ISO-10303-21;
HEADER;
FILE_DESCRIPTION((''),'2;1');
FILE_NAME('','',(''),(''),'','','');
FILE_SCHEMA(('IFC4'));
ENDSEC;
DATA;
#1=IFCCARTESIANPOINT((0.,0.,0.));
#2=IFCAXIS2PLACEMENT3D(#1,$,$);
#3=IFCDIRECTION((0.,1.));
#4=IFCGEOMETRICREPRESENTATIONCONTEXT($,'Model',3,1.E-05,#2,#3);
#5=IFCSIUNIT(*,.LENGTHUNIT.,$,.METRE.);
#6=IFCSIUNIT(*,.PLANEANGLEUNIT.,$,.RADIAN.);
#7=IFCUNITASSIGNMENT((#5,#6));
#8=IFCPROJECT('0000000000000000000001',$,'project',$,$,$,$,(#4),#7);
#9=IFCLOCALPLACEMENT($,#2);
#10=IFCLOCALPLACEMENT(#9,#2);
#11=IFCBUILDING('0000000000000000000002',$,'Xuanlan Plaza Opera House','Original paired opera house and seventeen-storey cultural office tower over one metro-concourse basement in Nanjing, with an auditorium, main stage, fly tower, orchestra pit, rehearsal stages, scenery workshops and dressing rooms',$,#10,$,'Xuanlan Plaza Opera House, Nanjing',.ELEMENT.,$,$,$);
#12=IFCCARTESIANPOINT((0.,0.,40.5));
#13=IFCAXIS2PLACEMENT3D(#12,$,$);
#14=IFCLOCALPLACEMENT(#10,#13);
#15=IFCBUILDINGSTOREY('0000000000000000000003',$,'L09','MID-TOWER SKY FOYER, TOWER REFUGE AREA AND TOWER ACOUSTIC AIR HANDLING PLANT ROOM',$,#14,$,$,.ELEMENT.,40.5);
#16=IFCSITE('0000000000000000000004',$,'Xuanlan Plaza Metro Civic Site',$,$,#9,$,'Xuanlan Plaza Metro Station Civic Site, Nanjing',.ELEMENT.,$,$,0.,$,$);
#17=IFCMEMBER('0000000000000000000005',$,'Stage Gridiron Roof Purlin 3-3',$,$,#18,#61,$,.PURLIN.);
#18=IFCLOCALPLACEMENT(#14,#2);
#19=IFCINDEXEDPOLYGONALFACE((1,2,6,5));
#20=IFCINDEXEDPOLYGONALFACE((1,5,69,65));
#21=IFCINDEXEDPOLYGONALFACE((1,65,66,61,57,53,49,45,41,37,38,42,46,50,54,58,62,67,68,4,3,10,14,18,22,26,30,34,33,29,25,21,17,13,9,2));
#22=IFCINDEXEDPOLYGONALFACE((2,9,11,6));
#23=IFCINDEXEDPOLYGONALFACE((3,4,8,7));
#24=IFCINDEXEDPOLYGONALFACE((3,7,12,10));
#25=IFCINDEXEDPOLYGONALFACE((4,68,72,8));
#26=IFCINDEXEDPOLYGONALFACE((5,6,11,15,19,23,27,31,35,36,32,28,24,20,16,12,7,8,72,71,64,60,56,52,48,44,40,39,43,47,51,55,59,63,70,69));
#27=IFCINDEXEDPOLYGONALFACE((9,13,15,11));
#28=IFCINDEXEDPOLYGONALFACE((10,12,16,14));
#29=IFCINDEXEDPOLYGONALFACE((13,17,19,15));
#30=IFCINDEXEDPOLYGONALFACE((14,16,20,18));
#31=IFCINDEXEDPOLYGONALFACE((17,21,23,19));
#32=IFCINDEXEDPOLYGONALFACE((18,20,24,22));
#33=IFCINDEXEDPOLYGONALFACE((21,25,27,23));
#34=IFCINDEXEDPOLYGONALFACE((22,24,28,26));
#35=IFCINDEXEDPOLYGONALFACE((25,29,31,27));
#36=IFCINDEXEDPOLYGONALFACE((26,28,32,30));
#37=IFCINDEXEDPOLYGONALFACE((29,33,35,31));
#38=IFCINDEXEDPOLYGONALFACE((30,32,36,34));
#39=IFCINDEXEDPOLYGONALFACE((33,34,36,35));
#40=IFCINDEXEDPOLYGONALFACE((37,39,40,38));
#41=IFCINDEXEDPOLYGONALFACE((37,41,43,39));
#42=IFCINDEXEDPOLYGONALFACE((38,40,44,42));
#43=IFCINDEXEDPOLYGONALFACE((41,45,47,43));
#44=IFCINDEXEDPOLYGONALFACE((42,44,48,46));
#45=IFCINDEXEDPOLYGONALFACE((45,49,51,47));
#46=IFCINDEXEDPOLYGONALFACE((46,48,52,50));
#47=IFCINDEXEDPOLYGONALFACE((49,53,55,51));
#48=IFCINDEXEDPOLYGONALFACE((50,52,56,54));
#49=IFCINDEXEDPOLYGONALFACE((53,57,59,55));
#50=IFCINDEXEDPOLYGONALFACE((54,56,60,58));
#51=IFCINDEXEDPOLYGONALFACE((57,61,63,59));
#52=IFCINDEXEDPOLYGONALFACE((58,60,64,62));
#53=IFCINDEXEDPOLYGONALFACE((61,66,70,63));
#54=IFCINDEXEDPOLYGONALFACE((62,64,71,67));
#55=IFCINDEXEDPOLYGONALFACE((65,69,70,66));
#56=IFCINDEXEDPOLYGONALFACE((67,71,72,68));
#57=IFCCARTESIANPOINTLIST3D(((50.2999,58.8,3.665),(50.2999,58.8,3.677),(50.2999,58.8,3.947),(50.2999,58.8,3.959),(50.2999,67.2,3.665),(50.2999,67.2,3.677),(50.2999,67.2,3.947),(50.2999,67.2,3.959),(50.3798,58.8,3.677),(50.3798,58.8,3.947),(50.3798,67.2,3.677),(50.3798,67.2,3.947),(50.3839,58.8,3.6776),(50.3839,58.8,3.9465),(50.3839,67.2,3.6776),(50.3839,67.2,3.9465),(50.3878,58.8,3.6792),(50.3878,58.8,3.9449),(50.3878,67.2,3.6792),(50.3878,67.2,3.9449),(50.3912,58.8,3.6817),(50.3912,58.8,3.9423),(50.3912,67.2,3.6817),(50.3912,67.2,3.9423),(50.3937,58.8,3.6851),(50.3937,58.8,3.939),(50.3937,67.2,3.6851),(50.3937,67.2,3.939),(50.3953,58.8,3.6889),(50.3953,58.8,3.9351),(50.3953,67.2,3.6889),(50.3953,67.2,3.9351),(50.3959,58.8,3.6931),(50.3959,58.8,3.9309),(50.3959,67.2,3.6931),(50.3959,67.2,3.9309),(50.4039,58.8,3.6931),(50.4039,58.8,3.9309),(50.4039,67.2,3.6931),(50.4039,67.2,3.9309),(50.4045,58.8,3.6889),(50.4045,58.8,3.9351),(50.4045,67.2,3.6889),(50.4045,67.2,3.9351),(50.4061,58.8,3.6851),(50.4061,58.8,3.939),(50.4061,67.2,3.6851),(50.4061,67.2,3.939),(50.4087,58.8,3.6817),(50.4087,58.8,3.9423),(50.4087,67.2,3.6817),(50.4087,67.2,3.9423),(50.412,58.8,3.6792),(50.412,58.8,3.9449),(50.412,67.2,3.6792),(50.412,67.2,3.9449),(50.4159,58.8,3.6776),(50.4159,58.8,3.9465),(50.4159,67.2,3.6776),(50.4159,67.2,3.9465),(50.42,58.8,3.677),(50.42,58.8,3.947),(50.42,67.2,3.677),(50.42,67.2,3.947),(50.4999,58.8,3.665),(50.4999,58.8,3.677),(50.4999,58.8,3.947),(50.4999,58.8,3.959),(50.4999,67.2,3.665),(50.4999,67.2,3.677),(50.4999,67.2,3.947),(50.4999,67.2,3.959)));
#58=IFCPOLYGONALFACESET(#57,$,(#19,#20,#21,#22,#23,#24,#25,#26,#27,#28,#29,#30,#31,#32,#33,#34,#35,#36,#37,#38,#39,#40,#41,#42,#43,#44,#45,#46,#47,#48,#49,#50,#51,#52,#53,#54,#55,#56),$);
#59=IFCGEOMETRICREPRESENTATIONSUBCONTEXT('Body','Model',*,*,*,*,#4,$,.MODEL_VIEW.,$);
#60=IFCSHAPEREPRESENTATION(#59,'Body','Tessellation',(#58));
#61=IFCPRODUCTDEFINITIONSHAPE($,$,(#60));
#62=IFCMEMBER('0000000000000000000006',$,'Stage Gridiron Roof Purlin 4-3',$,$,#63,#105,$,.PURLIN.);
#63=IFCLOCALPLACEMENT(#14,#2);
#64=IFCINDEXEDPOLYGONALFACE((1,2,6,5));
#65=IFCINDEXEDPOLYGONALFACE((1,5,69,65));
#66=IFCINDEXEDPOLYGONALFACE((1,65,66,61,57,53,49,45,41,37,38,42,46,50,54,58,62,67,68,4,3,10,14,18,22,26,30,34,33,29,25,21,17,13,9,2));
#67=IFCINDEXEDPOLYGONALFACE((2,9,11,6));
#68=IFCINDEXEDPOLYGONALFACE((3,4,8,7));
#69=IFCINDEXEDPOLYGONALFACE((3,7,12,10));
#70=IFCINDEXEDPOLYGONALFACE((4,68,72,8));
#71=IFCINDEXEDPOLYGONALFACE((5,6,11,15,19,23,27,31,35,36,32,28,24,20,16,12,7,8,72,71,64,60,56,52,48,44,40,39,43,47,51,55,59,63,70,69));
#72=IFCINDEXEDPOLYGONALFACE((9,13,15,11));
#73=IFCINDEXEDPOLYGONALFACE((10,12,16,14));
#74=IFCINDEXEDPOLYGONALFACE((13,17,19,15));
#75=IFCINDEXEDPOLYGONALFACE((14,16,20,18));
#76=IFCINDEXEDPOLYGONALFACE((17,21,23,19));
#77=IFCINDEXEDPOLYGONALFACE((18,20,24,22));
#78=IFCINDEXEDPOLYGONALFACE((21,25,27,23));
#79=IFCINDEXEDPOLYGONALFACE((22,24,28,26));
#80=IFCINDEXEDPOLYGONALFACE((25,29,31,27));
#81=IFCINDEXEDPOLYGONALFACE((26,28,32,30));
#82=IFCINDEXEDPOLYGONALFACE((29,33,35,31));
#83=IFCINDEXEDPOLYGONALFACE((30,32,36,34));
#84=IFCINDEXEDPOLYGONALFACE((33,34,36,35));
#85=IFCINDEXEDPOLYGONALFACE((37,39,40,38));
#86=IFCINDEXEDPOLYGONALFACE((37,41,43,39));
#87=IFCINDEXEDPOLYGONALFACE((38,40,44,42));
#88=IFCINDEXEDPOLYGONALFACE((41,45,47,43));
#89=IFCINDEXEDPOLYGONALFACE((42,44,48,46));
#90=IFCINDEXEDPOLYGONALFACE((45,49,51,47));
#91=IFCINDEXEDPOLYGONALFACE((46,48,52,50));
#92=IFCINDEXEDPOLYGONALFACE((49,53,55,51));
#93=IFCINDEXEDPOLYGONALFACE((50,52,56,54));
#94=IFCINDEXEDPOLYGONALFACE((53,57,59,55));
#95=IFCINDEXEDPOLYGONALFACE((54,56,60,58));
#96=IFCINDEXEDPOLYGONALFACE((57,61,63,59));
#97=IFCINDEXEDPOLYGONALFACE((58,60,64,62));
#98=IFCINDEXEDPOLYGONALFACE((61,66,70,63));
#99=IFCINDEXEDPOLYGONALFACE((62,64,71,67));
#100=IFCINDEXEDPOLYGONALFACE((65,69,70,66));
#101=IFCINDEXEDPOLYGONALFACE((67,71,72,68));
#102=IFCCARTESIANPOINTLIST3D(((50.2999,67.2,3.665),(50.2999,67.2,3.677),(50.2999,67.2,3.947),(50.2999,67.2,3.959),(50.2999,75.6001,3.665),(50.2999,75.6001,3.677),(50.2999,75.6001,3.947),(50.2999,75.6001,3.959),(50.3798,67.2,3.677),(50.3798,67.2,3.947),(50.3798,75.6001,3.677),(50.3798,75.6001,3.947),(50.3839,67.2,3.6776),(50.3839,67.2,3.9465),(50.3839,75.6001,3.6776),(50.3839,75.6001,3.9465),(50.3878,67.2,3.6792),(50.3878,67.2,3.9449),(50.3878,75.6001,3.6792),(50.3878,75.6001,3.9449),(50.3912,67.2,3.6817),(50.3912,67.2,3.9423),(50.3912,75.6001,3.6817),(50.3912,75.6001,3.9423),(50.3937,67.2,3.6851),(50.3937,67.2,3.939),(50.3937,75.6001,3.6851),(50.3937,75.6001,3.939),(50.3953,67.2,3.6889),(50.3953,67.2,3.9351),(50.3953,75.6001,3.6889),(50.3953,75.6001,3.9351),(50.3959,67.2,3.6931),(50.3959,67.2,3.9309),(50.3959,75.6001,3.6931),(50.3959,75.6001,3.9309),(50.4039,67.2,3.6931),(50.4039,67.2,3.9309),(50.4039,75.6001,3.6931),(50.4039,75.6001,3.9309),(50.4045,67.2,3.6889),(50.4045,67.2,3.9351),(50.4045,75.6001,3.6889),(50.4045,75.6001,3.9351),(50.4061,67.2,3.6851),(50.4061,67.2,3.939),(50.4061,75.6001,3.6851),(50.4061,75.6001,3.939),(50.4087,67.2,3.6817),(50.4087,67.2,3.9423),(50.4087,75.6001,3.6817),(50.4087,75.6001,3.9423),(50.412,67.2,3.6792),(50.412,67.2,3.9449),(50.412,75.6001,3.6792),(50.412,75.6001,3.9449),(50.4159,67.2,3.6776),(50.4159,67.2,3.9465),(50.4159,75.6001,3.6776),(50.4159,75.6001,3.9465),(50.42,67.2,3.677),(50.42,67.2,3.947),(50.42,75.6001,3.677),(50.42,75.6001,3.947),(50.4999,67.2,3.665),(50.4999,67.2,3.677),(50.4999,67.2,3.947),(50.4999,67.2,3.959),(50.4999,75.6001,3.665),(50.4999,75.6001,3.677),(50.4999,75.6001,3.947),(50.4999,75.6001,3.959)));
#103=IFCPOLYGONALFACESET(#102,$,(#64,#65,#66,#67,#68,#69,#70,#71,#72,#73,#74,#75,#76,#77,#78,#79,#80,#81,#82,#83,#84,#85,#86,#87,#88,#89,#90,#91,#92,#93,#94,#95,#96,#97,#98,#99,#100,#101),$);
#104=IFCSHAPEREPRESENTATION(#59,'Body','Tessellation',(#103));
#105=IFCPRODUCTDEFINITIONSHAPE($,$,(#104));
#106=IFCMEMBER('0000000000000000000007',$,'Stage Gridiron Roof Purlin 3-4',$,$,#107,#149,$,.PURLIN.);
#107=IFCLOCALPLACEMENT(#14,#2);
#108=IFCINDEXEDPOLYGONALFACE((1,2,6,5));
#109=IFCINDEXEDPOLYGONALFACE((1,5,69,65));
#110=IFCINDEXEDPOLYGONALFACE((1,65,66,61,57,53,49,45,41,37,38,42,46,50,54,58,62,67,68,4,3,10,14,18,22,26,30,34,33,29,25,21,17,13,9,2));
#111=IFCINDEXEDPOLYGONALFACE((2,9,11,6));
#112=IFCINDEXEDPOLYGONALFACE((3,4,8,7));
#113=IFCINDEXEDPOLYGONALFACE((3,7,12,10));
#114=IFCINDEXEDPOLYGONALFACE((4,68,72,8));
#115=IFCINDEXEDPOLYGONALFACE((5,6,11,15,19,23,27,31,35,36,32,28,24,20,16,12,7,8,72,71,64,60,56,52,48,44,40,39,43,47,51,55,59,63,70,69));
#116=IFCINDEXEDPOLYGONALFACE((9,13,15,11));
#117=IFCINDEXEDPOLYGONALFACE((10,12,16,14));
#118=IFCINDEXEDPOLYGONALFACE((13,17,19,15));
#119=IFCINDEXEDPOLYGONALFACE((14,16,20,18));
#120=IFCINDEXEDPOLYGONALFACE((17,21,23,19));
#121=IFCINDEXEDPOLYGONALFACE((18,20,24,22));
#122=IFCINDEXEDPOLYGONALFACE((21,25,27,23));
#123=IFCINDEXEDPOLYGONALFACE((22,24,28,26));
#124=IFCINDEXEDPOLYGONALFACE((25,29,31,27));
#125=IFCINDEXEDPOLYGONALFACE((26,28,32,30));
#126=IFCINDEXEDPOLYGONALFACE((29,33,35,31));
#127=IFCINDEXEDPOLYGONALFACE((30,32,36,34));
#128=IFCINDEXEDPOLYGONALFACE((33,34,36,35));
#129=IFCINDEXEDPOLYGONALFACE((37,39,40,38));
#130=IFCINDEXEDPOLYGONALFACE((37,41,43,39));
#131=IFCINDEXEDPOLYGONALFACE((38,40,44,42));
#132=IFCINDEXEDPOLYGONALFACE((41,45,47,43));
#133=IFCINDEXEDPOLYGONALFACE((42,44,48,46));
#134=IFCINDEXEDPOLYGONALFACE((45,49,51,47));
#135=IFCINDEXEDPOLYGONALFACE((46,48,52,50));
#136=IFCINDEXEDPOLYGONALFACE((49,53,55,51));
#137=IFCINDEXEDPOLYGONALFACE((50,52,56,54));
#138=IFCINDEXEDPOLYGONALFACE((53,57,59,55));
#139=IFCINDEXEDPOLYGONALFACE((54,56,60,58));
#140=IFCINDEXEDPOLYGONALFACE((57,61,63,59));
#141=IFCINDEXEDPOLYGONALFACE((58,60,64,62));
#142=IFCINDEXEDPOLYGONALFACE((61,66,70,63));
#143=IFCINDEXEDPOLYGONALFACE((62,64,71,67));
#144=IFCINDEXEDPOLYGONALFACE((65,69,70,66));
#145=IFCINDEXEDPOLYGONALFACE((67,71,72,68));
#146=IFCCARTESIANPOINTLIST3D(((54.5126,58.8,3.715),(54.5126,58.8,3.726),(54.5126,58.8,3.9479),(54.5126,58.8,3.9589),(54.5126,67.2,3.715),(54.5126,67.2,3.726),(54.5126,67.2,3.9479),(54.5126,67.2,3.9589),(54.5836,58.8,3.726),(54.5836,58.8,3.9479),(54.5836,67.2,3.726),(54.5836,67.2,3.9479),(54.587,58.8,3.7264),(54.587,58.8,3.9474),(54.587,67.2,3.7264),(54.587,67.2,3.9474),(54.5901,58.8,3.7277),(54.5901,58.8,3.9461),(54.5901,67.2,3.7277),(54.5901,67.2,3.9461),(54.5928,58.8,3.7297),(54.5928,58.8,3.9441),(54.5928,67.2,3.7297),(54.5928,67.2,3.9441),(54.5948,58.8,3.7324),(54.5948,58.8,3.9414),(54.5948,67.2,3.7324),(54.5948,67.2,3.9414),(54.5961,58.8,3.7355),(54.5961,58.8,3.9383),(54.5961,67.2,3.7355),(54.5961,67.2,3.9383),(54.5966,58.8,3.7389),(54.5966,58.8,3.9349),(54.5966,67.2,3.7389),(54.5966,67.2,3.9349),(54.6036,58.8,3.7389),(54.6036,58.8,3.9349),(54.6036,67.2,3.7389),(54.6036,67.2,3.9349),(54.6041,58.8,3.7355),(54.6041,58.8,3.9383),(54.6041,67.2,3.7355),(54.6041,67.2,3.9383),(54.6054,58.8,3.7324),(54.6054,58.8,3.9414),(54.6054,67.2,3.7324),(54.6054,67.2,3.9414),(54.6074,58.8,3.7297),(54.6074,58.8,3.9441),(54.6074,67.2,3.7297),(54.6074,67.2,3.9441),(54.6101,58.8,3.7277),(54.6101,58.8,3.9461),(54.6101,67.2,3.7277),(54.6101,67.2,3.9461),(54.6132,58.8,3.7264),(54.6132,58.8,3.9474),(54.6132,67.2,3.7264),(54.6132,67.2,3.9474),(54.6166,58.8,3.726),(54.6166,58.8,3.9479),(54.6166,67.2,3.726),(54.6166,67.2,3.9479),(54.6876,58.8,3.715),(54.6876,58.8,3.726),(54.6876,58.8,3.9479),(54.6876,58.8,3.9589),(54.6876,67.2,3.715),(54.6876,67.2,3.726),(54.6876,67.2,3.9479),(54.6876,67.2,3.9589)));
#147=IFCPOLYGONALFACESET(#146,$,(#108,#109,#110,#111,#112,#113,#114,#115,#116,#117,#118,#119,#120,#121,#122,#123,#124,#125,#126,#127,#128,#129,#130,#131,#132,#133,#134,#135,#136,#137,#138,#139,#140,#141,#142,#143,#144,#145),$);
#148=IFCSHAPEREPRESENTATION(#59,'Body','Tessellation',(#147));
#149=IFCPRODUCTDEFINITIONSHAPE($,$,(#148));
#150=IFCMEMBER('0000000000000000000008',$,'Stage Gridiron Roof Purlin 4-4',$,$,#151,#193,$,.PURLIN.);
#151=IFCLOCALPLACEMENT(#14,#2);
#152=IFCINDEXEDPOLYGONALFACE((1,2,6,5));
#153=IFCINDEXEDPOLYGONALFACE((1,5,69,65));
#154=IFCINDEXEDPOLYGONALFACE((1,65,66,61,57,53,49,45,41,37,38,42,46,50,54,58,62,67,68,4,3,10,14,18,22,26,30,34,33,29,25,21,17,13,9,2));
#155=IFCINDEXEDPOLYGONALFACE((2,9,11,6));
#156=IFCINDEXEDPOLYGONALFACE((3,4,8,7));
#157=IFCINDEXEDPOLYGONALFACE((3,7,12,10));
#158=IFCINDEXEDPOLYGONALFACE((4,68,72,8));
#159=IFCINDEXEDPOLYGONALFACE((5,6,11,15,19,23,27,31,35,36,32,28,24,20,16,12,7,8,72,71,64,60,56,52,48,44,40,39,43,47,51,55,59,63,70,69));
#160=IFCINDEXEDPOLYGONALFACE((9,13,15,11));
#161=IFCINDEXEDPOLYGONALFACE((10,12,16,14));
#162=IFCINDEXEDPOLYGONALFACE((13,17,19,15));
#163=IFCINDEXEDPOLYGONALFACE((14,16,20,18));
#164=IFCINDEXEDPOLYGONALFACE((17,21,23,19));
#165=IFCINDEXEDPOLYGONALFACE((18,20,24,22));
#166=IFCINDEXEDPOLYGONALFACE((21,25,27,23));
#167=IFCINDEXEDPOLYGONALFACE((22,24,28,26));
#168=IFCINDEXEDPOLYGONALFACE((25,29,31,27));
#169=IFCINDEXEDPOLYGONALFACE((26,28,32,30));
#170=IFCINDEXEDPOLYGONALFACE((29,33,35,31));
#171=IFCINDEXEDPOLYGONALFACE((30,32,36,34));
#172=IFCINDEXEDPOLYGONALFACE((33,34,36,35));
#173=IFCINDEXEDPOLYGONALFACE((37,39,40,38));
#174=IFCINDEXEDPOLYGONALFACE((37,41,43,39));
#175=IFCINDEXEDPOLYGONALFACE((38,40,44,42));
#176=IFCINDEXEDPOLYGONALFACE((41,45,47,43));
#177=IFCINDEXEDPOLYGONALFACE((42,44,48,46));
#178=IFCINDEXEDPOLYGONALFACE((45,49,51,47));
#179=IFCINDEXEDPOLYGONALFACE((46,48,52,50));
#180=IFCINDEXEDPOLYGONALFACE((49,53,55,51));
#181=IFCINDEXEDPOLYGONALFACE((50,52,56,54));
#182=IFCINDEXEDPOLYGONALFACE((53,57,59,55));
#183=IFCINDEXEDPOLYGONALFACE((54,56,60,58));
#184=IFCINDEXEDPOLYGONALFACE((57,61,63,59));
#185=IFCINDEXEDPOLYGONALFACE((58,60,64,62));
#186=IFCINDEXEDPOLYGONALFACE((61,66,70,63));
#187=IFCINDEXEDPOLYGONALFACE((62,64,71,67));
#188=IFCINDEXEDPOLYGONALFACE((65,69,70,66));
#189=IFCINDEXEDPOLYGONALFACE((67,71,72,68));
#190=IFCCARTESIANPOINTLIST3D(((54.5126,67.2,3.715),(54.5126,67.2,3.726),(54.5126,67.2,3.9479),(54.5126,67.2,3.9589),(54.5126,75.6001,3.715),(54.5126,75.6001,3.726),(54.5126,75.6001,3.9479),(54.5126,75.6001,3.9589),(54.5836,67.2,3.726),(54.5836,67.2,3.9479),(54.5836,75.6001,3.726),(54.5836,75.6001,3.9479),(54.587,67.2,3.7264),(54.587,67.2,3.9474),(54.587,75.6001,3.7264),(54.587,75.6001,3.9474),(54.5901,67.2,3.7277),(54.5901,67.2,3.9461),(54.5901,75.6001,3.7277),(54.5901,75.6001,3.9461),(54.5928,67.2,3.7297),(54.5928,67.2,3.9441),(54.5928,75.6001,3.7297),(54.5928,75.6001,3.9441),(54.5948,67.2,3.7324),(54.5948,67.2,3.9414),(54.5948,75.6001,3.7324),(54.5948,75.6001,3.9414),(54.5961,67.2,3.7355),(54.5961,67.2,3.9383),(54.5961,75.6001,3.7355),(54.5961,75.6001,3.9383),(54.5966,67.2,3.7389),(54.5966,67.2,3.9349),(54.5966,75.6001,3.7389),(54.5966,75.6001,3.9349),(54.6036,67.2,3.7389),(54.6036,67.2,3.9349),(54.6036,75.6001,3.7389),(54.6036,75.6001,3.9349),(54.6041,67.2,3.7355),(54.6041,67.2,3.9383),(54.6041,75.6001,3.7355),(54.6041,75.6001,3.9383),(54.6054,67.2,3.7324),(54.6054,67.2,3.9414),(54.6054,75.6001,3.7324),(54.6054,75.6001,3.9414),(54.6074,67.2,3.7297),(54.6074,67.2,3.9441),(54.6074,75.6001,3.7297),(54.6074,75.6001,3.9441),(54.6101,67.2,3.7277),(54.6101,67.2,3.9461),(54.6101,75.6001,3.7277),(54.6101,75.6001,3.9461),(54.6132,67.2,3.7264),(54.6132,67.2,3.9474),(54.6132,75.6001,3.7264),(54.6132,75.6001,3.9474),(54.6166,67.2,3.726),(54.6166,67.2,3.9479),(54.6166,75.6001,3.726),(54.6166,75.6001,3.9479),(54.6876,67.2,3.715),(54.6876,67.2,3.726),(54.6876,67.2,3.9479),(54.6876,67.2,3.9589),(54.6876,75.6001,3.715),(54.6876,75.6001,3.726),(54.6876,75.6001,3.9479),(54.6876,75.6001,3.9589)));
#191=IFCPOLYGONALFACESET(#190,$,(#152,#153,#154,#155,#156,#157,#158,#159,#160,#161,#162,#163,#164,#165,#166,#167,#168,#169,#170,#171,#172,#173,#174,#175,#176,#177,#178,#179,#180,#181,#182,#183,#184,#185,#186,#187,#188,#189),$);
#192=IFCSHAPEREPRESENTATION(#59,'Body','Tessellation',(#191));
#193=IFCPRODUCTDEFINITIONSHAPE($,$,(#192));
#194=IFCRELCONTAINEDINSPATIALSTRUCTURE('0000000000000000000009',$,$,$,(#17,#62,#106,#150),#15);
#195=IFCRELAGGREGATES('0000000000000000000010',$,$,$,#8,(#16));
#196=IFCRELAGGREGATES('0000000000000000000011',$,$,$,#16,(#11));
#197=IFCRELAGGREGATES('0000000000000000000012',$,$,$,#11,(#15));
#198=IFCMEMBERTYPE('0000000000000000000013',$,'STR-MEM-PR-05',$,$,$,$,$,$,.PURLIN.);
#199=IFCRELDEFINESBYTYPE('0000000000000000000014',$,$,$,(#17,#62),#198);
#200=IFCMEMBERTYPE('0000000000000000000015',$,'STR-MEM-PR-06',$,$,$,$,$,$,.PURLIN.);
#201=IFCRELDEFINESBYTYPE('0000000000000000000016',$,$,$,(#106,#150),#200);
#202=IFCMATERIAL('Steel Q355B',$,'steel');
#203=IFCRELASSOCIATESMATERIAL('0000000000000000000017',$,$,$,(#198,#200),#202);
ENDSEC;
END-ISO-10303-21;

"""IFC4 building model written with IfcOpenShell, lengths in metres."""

from ifc_helpers import new_model, si_unit, direction, frame, origin, origin_2d, place, context, subcontext, project, spatial, i_section, extrude, material, material_profile, profile_set, type_object, element, save


model = new_model("IFC4")

# Units and contexts
model_context = context("Model", 3, precision=1e-05, world=origin(), true_north=direction((0.0, 1.0)))
body_context = subcontext(model_context, "Body", "Model", "MODEL_VIEW")
ifc_project = project(units=[si_unit("LENGTHUNIT", "METRE"), si_unit("PLANEANGLEUNIT", "RADIAN")], contexts=[model_context])

# Site, building, storey
site_placement = place(None, origin())
site = spatial("IfcSite", under=ifc_project, at=site_placement, Name="Xuanlan Plaza Metro Civic Site", LongName="Xuanlan Plaza Metro Station Civic Site, Nanjing", CompositionType="ELEMENT", RefElevation=0.0)
building_placement = place(site_placement, origin())
building = spatial("IfcBuilding", under=site, at=building_placement, Name="Xuanlan Plaza Opera House", Description="Original paired opera house and seventeen-storey cultural office tower over one metro-concourse basement in Nanjing, with an auditorium, main stage, fly tower, orchestra pit, rehearsal stages, scenery workshops and dressing rooms", LongName="Xuanlan Plaza Opera House, Nanjing", CompositionType="ELEMENT")
storey_placement = place(building_placement, frame((0.0, 0.0, 40.5)))
storey = spatial("IfcBuildingStorey", under=building, at=storey_placement, Name="L09", Description="MID-TOWER SKY FOYER, TOWER REFUGE AREA AND TOWER ACOUSTIC AIR HANDLING PLANT ROOM", CompositionType="ELEMENT", Elevation=40.5)

# Members
ifc_material_1 = material(Name="Steel Q355B", Category="steel")
ifc_material_profile_1 = material_profile(ifc_material_1, i_section(OverallWidth=0.2, OverallDepth=0.2939, WebThickness=0.0081, FlangeThickness=0.012, FilletRadius=0.0161, at=origin_2d()), Name="HM 294x200x8x12")
ifc_profile_set_1 = profile_set([ifc_material_profile_1], Name="Steel Q355B")
member_type_1 = type_object("IfcMemberType", Name="STR-MEM-PR-05", PredefinedType="PURLIN", material=ifc_profile_set_1)
member_1_placement = place(storey_placement, frame((50.3999, 58.8, 3.812), z_axis=(0.0, 1.0, 0.0), x_axis=(-1.0, 0.0, 0.0)))
element("IfcMember", 1, at=member_1_placement, inside=storey, type_object=member_type_1, Name="Stage Gridiron Roof Purlin 3-3", PredefinedType="PURLIN", context=body_context, shape_type="SweptSolid", body=[
    extrude(i_section(OverallWidth=0.2, OverallDepth=0.2939, WebThickness=0.0081, FlangeThickness=0.012, FilletRadius=0.0161, at=origin_2d()), origin(), (0.0, 0.0, 1.0), 8.3999),
])
member_2_placement = place(storey_placement, frame((50.3999, 67.2, 3.812), z_axis=(0.0, 1.0, 0.0), x_axis=(-1.0, 0.0, 0.0)))
element("IfcMember", 2, at=member_2_placement, inside=storey, type_object=member_type_1, Name="Stage Gridiron Roof Purlin 4-3", PredefinedType="PURLIN", context=body_context, shape_type="SweptSolid", body=[
    extrude(i_section(OverallWidth=0.2, OverallDepth=0.2939, WebThickness=0.0081, FlangeThickness=0.012, FilletRadius=0.0161, at=origin_2d()), origin(), (0.0, 0.0, 1.0), 8.4001),
])
ifc_material_profile_2 = material_profile(ifc_material_1, i_section(OverallWidth=0.175, OverallDepth=0.2439, WebThickness=0.0071, FlangeThickness=0.011, FilletRadius=0.0129, at=origin_2d()), Name="HM 244x175x7x11")
ifc_profile_set_2 = profile_set([ifc_material_profile_2], Name="Steel Q355B")
member_type_2 = type_object("IfcMemberType", Name="STR-MEM-PR-06", PredefinedType="PURLIN", material=ifc_profile_set_2)
member_3_placement = place(storey_placement, frame((54.6001, 58.8, 3.8369), z_axis=(0.0, 1.0, 0.0), x_axis=(-1.0, 0.0, 0.0)))
element("IfcMember", 3, at=member_3_placement, inside=storey, type_object=member_type_2, Name="Stage Gridiron Roof Purlin 3-4", PredefinedType="PURLIN", context=body_context, shape_type="SweptSolid", body=[
    extrude(i_section(OverallWidth=0.175, OverallDepth=0.2439, WebThickness=0.0071, FlangeThickness=0.011, FilletRadius=0.0129, at=origin_2d()), origin(), (0.0, 0.0, 1.0), 8.3999),
])
member_4_placement = place(storey_placement, frame((54.6001, 67.2, 3.8369), z_axis=(0.0, 1.0, 0.0), x_axis=(-1.0, 0.0, 0.0)))
element("IfcMember", 4, at=member_4_placement, inside=storey, type_object=member_type_2, Name="Stage Gridiron Roof Purlin 4-4", PredefinedType="PURLIN", context=body_context, shape_type="SweptSolid", body=[
    extrude(i_section(OverallWidth=0.175, OverallDepth=0.2439, WebThickness=0.0071, FlangeThickness=0.011, FilletRadius=0.0129, at=origin_2d()), origin(), (0.0, 0.0, 1.0), 8.4001),
])

save(model, "model.ifc")
